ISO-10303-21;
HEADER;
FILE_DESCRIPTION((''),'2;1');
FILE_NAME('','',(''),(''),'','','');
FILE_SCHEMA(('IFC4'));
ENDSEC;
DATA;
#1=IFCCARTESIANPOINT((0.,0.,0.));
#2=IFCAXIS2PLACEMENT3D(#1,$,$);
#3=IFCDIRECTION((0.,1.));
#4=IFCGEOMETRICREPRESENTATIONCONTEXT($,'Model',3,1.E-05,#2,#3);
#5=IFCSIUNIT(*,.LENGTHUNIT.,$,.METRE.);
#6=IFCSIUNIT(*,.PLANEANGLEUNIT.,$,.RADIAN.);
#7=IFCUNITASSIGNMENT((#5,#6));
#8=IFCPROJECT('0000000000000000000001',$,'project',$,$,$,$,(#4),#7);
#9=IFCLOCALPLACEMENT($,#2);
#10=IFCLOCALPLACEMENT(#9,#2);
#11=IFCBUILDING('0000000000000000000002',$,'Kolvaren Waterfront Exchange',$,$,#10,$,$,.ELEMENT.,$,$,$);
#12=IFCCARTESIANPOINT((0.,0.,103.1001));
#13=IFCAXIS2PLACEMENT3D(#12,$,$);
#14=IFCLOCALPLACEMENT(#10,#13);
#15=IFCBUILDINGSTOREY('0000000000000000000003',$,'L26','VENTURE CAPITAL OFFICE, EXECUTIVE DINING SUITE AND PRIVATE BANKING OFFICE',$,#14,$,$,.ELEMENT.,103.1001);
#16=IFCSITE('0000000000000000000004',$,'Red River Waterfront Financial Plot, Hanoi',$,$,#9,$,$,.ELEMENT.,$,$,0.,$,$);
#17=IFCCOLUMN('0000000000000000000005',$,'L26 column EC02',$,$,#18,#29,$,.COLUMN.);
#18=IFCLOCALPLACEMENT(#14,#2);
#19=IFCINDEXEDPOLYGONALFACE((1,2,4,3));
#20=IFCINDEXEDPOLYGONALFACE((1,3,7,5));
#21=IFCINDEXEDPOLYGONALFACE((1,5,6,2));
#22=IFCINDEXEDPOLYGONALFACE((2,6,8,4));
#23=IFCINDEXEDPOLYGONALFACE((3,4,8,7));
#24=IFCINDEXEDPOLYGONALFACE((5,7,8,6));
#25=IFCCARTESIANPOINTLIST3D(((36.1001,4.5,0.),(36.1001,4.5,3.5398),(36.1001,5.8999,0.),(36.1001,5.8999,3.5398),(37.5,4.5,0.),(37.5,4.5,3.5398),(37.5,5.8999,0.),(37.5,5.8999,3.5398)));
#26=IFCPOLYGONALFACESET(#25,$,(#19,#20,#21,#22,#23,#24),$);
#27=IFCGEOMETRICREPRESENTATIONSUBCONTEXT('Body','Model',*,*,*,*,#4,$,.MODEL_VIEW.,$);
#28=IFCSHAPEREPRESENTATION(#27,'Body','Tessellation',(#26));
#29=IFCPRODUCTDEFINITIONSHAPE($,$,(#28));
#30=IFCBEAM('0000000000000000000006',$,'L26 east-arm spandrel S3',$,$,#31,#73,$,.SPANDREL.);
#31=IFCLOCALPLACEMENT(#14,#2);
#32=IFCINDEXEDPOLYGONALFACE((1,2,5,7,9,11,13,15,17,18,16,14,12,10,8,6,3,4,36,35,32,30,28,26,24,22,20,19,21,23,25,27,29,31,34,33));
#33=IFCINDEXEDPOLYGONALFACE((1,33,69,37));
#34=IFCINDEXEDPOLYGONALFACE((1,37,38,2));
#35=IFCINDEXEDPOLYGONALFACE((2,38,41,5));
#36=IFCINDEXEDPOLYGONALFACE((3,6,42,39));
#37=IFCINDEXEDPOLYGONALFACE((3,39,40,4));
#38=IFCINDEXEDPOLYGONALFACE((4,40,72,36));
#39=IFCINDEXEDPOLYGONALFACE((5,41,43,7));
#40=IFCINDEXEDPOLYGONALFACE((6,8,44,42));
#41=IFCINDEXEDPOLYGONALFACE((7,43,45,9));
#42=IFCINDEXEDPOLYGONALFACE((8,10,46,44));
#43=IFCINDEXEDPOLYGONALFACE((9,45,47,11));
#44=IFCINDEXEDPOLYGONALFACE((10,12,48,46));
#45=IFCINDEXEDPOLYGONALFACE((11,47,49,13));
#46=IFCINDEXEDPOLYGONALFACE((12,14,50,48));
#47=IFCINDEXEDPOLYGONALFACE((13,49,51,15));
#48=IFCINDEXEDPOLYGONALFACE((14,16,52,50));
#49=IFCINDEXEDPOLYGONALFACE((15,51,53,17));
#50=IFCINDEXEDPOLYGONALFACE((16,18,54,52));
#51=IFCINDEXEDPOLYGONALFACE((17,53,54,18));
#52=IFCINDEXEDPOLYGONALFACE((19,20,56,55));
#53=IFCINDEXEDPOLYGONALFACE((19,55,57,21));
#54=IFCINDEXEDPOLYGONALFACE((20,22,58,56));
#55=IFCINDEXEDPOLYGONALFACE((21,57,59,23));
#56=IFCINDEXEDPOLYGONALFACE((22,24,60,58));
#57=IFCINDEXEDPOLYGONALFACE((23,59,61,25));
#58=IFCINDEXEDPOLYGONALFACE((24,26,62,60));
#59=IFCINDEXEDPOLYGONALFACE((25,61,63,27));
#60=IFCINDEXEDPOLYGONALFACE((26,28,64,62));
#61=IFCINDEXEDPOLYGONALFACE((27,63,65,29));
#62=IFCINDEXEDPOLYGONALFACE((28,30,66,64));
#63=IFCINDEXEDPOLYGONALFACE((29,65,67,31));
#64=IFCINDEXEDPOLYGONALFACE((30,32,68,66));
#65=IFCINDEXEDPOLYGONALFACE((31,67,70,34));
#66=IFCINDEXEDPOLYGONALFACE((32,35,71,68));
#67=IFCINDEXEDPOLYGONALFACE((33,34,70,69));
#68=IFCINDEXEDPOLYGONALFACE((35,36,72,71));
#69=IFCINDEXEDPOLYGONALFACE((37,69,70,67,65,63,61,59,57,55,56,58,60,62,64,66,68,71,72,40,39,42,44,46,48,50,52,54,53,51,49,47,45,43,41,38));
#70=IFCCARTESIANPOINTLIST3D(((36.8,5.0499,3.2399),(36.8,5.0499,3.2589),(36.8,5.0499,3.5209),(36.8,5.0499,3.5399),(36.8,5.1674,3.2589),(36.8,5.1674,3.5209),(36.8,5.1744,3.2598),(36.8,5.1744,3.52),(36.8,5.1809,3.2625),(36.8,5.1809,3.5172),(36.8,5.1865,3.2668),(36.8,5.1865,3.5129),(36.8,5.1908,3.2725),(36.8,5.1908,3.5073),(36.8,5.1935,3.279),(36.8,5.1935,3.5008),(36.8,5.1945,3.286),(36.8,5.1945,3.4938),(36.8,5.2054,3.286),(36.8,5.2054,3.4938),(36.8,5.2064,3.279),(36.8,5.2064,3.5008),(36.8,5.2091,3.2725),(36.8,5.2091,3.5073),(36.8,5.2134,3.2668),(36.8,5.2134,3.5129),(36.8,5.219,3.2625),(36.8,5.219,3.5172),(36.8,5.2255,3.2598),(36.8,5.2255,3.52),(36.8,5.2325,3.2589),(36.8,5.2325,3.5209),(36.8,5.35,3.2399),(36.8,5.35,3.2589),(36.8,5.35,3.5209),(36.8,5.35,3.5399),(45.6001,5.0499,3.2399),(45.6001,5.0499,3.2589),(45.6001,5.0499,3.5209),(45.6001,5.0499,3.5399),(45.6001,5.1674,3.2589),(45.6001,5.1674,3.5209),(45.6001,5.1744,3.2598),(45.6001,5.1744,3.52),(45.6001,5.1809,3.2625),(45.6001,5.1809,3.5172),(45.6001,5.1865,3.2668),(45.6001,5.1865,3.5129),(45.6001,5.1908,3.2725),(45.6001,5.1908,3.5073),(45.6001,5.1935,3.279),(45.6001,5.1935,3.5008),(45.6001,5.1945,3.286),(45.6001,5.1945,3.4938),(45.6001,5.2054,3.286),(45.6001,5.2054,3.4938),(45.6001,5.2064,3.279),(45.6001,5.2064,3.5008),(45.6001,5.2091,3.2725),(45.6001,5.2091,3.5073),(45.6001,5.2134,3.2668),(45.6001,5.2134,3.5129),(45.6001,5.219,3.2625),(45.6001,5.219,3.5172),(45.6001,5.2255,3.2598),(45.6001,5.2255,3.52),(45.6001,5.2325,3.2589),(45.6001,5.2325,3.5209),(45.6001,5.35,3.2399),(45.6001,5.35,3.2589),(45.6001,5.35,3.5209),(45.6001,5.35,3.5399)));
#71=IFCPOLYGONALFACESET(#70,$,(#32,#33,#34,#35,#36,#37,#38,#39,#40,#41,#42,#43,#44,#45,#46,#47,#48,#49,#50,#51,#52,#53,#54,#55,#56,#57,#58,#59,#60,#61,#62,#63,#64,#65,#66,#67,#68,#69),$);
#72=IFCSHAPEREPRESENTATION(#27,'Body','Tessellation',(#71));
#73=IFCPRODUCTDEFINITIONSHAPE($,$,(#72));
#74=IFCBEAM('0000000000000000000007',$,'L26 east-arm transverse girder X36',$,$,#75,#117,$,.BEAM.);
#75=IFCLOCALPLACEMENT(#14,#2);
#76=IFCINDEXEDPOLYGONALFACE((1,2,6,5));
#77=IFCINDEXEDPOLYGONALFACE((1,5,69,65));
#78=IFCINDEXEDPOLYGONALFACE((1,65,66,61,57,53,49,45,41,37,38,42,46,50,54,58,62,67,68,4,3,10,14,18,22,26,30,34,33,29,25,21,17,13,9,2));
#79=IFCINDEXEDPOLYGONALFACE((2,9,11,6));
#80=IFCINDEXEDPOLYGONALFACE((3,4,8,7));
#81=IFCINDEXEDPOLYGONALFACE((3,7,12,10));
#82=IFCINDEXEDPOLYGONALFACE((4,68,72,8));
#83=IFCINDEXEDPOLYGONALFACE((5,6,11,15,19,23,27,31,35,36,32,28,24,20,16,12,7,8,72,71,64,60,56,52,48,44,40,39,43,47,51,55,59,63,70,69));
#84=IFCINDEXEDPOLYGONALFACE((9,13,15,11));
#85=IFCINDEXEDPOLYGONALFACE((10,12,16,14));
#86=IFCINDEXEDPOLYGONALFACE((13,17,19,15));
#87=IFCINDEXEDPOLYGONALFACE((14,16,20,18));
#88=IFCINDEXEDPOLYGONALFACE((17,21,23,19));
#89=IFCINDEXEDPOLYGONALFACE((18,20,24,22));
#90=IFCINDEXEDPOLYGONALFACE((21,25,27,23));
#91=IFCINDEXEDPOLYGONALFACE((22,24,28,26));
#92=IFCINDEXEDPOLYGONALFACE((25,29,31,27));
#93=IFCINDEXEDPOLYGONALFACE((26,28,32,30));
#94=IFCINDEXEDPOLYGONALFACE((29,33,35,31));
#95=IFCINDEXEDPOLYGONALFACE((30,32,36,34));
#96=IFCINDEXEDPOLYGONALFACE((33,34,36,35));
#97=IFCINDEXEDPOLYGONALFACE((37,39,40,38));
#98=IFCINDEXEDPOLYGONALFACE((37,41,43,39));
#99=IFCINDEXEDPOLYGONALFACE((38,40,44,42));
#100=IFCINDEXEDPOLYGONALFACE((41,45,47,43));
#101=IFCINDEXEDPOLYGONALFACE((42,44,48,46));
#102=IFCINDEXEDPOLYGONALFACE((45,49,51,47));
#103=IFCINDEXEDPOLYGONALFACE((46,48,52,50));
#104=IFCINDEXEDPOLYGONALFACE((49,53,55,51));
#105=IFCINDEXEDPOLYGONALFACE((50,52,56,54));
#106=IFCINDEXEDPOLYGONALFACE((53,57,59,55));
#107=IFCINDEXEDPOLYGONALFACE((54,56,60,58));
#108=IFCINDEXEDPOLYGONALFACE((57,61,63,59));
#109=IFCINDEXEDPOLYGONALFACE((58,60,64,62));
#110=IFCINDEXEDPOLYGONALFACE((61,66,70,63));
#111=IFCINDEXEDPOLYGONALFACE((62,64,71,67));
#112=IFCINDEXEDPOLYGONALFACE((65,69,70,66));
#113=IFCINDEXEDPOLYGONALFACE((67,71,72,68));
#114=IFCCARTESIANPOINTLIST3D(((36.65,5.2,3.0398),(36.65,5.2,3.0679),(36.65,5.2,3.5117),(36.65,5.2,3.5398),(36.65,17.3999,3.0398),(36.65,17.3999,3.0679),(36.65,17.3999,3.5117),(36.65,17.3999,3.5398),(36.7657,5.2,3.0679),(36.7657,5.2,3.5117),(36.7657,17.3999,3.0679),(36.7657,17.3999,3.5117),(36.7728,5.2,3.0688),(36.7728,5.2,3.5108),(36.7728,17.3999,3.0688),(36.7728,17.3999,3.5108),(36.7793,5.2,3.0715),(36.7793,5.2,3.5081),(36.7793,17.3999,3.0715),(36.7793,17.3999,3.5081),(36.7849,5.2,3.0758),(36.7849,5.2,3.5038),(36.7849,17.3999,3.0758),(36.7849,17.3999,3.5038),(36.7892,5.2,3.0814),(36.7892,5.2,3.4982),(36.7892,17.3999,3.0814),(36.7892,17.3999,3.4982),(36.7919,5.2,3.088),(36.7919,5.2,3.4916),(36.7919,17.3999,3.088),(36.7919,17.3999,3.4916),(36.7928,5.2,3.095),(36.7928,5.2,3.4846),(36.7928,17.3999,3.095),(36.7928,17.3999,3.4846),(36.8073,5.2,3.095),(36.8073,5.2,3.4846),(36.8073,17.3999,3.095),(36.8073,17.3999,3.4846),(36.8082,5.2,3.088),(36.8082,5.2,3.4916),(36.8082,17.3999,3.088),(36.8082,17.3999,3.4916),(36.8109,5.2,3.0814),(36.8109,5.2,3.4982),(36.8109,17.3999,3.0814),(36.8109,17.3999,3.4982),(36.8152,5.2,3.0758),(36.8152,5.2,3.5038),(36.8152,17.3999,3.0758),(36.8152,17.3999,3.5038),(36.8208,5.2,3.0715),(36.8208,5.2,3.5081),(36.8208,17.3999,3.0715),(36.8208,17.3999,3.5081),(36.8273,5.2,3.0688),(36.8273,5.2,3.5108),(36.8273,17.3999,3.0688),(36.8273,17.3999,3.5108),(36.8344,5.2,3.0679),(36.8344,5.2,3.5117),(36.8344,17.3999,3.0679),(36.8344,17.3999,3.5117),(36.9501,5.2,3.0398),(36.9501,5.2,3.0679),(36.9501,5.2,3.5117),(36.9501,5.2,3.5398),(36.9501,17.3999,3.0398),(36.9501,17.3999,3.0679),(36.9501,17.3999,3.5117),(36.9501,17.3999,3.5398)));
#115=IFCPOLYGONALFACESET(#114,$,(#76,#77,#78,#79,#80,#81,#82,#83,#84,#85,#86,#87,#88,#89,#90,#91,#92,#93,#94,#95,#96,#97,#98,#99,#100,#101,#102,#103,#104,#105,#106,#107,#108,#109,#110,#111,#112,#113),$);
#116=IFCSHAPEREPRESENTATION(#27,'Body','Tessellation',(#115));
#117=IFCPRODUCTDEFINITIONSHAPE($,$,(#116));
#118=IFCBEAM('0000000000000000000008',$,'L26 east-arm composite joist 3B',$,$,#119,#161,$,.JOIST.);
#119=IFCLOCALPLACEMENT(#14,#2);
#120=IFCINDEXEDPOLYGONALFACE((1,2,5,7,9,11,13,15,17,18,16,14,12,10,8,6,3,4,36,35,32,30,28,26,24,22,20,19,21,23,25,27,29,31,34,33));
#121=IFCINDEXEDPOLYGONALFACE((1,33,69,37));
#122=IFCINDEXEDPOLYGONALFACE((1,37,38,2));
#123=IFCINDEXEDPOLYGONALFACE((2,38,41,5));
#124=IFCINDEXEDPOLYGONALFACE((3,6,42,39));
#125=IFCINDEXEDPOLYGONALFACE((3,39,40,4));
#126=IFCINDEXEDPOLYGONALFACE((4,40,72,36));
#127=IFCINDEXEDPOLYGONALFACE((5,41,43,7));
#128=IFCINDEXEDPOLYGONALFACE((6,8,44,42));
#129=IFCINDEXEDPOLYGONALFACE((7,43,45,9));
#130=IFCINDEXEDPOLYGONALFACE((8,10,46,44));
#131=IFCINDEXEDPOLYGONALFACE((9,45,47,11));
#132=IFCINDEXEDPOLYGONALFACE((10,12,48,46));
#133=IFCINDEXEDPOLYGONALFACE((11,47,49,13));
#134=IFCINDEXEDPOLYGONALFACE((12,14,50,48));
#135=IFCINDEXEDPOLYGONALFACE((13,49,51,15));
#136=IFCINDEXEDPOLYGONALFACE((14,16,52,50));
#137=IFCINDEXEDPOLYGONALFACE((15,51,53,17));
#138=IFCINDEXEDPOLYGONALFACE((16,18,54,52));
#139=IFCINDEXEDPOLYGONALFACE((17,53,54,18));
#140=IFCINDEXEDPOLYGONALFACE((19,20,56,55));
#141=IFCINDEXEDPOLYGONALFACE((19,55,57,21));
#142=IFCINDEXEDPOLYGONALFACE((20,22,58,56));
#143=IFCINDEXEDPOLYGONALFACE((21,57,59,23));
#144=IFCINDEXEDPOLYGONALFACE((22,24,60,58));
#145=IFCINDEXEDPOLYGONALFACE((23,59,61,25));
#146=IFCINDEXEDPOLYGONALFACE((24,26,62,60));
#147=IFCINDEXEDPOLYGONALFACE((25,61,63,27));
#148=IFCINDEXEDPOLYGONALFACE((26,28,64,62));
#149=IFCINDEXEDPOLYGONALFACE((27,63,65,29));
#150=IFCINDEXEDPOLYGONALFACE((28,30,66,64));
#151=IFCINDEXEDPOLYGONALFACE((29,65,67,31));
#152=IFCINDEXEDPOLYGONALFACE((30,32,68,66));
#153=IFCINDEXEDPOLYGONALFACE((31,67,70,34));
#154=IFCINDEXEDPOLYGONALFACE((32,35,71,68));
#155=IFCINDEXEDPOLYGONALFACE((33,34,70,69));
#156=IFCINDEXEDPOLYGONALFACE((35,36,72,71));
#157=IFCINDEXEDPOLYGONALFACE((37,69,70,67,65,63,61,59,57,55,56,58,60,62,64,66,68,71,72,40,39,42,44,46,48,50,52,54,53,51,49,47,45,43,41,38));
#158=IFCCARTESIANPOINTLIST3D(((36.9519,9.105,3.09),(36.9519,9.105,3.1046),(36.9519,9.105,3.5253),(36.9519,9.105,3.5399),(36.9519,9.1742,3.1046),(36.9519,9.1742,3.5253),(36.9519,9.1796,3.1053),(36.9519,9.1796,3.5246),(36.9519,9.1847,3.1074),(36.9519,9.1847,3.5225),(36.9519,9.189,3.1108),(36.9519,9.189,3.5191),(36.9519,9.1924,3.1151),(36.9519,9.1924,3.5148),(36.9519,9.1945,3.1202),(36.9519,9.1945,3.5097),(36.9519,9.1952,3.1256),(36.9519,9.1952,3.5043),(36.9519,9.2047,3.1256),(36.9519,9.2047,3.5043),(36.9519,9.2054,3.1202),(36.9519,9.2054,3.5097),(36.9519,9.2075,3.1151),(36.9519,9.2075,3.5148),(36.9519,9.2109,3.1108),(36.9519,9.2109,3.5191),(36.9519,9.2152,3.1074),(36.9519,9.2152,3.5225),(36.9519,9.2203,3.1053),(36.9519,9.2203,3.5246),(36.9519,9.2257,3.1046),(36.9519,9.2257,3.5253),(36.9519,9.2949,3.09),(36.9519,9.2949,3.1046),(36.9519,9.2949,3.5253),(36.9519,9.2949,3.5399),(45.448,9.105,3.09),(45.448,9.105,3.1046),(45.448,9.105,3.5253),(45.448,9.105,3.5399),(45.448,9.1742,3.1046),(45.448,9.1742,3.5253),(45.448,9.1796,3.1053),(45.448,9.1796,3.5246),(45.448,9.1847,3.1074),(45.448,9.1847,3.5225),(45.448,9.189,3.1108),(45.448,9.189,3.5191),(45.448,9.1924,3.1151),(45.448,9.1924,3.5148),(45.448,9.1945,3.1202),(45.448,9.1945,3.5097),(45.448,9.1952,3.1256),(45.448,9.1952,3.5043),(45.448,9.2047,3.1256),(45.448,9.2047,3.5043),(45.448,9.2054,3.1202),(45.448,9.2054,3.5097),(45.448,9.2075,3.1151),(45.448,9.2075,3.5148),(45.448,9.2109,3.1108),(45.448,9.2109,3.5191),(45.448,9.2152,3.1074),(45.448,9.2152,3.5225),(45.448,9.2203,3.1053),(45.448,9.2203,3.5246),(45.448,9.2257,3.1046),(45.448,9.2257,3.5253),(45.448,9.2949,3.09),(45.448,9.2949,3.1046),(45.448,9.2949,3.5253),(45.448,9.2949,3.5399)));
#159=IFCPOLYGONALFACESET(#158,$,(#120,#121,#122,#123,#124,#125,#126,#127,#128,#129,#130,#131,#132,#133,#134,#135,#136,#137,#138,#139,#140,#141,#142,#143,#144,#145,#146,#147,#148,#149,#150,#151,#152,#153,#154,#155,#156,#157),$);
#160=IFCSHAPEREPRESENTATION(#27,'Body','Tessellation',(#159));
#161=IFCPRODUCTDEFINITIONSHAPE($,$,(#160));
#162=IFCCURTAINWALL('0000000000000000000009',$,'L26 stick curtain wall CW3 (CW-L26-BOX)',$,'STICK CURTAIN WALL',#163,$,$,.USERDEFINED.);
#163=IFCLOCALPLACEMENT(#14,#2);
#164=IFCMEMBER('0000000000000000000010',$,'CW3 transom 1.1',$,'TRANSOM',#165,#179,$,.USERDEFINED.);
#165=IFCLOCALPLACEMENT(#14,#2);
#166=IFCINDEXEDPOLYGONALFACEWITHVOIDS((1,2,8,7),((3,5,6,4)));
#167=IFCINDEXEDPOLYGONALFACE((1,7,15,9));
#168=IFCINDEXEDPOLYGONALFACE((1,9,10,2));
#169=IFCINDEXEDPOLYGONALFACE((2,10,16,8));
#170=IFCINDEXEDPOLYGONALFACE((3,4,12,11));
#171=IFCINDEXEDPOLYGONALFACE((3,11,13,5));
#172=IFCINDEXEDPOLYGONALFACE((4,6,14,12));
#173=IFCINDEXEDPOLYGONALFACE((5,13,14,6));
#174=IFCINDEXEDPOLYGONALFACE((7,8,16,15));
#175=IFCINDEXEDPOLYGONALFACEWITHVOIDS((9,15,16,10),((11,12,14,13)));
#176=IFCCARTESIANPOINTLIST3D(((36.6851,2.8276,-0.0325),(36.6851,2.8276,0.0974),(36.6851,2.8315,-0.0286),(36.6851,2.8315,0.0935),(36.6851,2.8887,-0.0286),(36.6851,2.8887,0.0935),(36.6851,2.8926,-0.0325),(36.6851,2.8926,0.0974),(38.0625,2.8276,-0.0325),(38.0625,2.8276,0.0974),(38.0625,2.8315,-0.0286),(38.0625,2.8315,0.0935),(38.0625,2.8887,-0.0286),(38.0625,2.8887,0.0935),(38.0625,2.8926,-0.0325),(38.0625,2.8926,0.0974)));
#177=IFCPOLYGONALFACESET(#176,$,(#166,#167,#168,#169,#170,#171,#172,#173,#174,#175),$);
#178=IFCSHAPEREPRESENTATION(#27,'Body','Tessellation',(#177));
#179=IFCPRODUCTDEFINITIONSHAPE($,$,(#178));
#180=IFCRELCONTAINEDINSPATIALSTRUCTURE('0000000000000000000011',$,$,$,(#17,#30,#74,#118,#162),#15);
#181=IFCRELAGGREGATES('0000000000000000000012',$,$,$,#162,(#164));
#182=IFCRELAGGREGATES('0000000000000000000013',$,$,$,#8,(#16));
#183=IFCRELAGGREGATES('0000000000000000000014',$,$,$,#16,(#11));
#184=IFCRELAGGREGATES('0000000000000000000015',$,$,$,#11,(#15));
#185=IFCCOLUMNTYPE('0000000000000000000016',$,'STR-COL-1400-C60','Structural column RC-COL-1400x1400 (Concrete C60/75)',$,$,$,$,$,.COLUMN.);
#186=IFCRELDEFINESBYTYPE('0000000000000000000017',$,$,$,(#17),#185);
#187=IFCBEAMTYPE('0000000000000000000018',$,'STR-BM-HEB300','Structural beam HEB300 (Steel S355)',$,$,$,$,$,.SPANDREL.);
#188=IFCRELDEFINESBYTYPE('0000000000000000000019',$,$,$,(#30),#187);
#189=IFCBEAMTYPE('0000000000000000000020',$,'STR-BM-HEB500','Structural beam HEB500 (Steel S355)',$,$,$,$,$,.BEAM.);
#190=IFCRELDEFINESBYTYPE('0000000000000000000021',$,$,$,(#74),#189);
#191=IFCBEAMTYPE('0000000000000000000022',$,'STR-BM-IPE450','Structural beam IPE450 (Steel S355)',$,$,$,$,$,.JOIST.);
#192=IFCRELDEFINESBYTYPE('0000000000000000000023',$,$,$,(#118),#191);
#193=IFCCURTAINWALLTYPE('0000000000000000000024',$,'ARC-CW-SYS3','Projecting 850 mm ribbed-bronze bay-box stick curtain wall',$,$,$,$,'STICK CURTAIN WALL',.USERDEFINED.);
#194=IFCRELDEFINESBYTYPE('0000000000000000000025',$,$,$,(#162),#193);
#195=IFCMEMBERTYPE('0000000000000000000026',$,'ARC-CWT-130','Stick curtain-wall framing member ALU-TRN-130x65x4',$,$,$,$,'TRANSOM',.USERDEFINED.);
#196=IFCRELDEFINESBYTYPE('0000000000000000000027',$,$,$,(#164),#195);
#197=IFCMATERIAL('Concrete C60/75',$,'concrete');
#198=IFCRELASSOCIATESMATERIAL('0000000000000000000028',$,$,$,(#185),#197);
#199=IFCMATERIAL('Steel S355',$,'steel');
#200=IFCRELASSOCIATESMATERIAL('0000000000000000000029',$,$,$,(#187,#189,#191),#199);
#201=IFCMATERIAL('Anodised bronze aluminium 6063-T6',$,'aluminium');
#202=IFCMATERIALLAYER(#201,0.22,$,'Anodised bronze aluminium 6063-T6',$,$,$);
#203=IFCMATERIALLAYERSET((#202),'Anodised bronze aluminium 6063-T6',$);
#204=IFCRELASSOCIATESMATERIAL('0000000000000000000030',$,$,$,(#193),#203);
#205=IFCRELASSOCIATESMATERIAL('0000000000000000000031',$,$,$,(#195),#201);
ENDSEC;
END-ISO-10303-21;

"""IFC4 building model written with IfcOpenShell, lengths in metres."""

from ifc_helpers import new_model, si_unit, direction, frame, origin, origin_with_axes, origin_2d, place, context, subcontext, project, spatial, rectangle, hollow_rectangle, i_section, extrude, source, transform, mapped, material, layer, layer_set, material_profile, profile_set, type_object, element, aggregate, save


model = new_model("IFC4")

# Units and contexts
model_context = context("Model", 3, precision=1e-05, world=origin(), true_north=direction((0.0, 1.0)))
body_context = subcontext(model_context, "Body", "Model", "MODEL_VIEW")
ifc_project = project(units=[si_unit("LENGTHUNIT", "METRE"), si_unit("PLANEANGLEUNIT", "RADIAN")], contexts=[model_context])

# Site, building, storey
site_placement = place(None, origin())
site = spatial("IfcSite", under=ifc_project, at=site_placement, Name="Red River Waterfront Financial Plot, Hanoi", CompositionType="ELEMENT", RefElevation=0.0)
building_placement = place(site_placement, origin())
building = spatial("IfcBuilding", under=site, at=building_placement, Name="Kolvaren Waterfront Exchange", CompositionType="ELEMENT")
storey_placement = place(building_placement, frame((0.0, 0.0, 103.1001)))
storey = spatial("IfcBuildingStorey", under=building, at=storey_placement, Name="L26", Description="VENTURE CAPITAL OFFICE, EXECUTIVE DINING SUITE AND PRIVATE BANKING OFFICE", CompositionType="ELEMENT", Elevation=103.1001)

# Column
ifc_material_1 = material(Name="Concrete C60/75", Category="concrete")
ifc_material_profile_1 = material_profile(ifc_material_1, rectangle(XDim=1.3999, YDim=1.3999, at=origin_2d()), Name="RC-COL-1400x1400")
ifc_profile_set_1 = profile_set([ifc_material_profile_1], Name="Concrete C60/75")
column_type = type_object("IfcColumnType", Name="STR-COL-1400-C60", Description="Structural column RC-COL-1400x1400 (Concrete C60/75)", PredefinedType="COLUMN", material=ifc_profile_set_1)
column_placement = place(storey_placement, frame((36.8, 5.2, 0.0), z_axis=(0.0, 0.0, 1.0), x_axis=(1.0, 0.0, 0.0)))
element("IfcColumn", 1, at=column_placement, inside=storey, type_object=column_type, Name="L26 column EC02", PredefinedType="COLUMN", context=body_context, shape_type="SweptSolid", body=[
    extrude(rectangle(XDim=1.3999, YDim=1.3999, at=origin_2d()), origin(), (0.0, 0.0, 1.0), 3.5398),
])

# Beams
ifc_material_2 = material(Name="Steel S355", Category="steel")
ifc_material_profile_2 = material_profile(ifc_material_2, i_section(OverallWidth=0.3, OverallDepth=0.3, WebThickness=0.011, FlangeThickness=0.019, FilletRadius=0.0271, at=origin_2d()), Name="HEB300")
ifc_profile_set_2 = profile_set([ifc_material_profile_2], Name="Steel S355")
beam_type_1 = type_object("IfcBeamType", Name="STR-BM-HEB300", Description="Structural beam HEB300 (Steel S355)", PredefinedType="SPANDREL", material=ifc_profile_set_2)
beam_1_placement = place(storey_placement, frame((36.8, 5.2, 3.3899), z_axis=(1.0, 0.0, 0.0), x_axis=(0.0, 1.0, 0.0)))
element("IfcBeam", 2, at=beam_1_placement, inside=storey, type_object=beam_type_1, Name="L26 east-arm spandrel S3", PredefinedType="SPANDREL", context=body_context, shape_type="SweptSolid", body=[
    extrude(i_section(OverallWidth=0.3, OverallDepth=0.3, WebThickness=0.011, FlangeThickness=0.019, FilletRadius=0.0271, at=origin_2d()), origin(), (0.0, 0.0, 1.0), 8.8),
])
ifc_material_profile_3 = material_profile(ifc_material_2, i_section(OverallWidth=0.3, OverallDepth=0.5, WebThickness=0.0144, FlangeThickness=0.0281, FilletRadius=0.0271, at=origin_2d()), Name="HEB500")
ifc_profile_set_3 = profile_set([ifc_material_profile_3], Name="Steel S355")
beam_type_2 = type_object("IfcBeamType", Name="STR-BM-HEB500", Description="Structural beam HEB500 (Steel S355)", PredefinedType="BEAM", material=ifc_profile_set_3)
beam_2_placement = place(storey_placement, frame((36.8, 5.2, 3.2898), z_axis=(0.0, 1.0, 0.0), x_axis=(-1.0, 0.0, 0.0)))
element("IfcBeam", 3, at=beam_2_placement, inside=storey, type_object=beam_type_2, Name="L26 east-arm transverse girder X36", PredefinedType="BEAM", context=body_context, shape_type="SweptSolid", body=[
    extrude(i_section(OverallWidth=0.3, OverallDepth=0.5, WebThickness=0.0144, FlangeThickness=0.0281, FilletRadius=0.0271, at=origin_2d()), origin(), (0.0, 0.0, 1.0), 12.2),
])
ifc_material_profile_4 = material_profile(ifc_material_2, i_section(OverallWidth=0.1899, OverallDepth=0.45, WebThickness=0.0095, FlangeThickness=0.0146, FilletRadius=0.021, at=origin_2d()), Name="IPE450")
ifc_profile_set_4 = profile_set([ifc_material_profile_4], Name="Steel S355")
beam_type_3 = type_object("IfcBeamType", Name="STR-BM-IPE450", Description="Structural beam IPE450 (Steel S355)", PredefinedType="JOIST", material=ifc_profile_set_4)
beam_3_placement = place(storey_placement, frame((36.9519, 9.2, 3.3149), z_axis=(1.0, 0.0, 0.0), x_axis=(0.0, 1.0, 0.0)))
element("IfcBeam", 4, at=beam_3_placement, inside=storey, type_object=beam_type_3, Name="L26 east-arm composite joist 3B", PredefinedType="JOIST", context=body_context, shape_type="SweptSolid", body=[
    extrude(i_section(OverallWidth=0.1899, OverallDepth=0.45, WebThickness=0.0095, FlangeThickness=0.0146, FilletRadius=0.021, at=origin_2d()), origin(), (0.0, 0.0, 1.0), 8.4961),
])

# Curtain wall, member
ifc_material_3 = material(Name="Anodised bronze aluminium 6063-T6", Category="aluminium")
ifc_layer_1 = layer(ifc_material_3, 0.22, Name="Anodised bronze aluminium 6063-T6")
ifc_layer_set_1 = layer_set([ifc_layer_1], Name="Anodised bronze aluminium 6063-T6")
curtain_wall_type = type_object("IfcCurtainWallType", Name="ARC-CW-SYS3", Description="Projecting 850 mm ribbed-bronze bay-box stick curtain wall", ElementType="STICK CURTAIN WALL", PredefinedType="USERDEFINED", material=ifc_layer_set_1)
curtain_wall_1_placement = place(storey_placement, origin())
curtain_wall_1 = element("IfcCurtainWall", 5, at=curtain_wall_1_placement, inside=storey, type_object=curtain_wall_type, Name="L26 stick curtain wall CW3 (CW-L26-BOX)", ObjectType="STICK CURTAIN WALL", PredefinedType="USERDEFINED")
ifc_material_profile_5 = material_profile(ifc_material_3, hollow_rectangle(XDim=0.0649, YDim=0.1299, WallThickness=0.0039, at=origin_2d()), Name="ALU-TRN-130x65x4")
ifc_profile_set_5 = profile_set([ifc_material_profile_5], Name="Anodised bronze aluminium 6063-T6")
member_type_1 = type_object("IfcMemberType", Name="ARC-CWT-130", Description="Stick curtain-wall framing member ALU-TRN-130x65x4", ElementType="TRANSOM", PredefinedType="USERDEFINED", material=ifc_profile_set_5)
shared_shape_1 = source(origin_with_axes(), body_context, "Body", "SweptSolid", [
    extrude(hollow_rectangle(XDim=0.0649, YDim=0.1299, WallThickness=0.0039, at=origin_2d()), origin(), (0.0, 0.0, 1.0), 1.3774),
])
member_1_placement = place(storey_placement, frame((36.6851, 2.8601, 0.0325), z_axis=(1.0, 0.0, 0.0), x_axis=(0.0, 1.0, 0.0)))
member_1 = element("IfcMember", 6, at=member_1_placement, type_object=member_type_1, Name="CW3 transom 1.1", ObjectType="TRANSOM", PredefinedType="USERDEFINED", context=body_context, shape_type="MappedRepresentation", body=[
    mapped(shared_shape_1, transform((0.0, 0.0, 0.0), x_axis=(1.0, 0.0, 0.0), y_axis=(0.0, 1.0, 0.0), z_axis=(0.0, 0.0, 1.0), scale=1.0)),
])

aggregate(curtain_wall_1, [member_1])

save(model, "model.ifc")
